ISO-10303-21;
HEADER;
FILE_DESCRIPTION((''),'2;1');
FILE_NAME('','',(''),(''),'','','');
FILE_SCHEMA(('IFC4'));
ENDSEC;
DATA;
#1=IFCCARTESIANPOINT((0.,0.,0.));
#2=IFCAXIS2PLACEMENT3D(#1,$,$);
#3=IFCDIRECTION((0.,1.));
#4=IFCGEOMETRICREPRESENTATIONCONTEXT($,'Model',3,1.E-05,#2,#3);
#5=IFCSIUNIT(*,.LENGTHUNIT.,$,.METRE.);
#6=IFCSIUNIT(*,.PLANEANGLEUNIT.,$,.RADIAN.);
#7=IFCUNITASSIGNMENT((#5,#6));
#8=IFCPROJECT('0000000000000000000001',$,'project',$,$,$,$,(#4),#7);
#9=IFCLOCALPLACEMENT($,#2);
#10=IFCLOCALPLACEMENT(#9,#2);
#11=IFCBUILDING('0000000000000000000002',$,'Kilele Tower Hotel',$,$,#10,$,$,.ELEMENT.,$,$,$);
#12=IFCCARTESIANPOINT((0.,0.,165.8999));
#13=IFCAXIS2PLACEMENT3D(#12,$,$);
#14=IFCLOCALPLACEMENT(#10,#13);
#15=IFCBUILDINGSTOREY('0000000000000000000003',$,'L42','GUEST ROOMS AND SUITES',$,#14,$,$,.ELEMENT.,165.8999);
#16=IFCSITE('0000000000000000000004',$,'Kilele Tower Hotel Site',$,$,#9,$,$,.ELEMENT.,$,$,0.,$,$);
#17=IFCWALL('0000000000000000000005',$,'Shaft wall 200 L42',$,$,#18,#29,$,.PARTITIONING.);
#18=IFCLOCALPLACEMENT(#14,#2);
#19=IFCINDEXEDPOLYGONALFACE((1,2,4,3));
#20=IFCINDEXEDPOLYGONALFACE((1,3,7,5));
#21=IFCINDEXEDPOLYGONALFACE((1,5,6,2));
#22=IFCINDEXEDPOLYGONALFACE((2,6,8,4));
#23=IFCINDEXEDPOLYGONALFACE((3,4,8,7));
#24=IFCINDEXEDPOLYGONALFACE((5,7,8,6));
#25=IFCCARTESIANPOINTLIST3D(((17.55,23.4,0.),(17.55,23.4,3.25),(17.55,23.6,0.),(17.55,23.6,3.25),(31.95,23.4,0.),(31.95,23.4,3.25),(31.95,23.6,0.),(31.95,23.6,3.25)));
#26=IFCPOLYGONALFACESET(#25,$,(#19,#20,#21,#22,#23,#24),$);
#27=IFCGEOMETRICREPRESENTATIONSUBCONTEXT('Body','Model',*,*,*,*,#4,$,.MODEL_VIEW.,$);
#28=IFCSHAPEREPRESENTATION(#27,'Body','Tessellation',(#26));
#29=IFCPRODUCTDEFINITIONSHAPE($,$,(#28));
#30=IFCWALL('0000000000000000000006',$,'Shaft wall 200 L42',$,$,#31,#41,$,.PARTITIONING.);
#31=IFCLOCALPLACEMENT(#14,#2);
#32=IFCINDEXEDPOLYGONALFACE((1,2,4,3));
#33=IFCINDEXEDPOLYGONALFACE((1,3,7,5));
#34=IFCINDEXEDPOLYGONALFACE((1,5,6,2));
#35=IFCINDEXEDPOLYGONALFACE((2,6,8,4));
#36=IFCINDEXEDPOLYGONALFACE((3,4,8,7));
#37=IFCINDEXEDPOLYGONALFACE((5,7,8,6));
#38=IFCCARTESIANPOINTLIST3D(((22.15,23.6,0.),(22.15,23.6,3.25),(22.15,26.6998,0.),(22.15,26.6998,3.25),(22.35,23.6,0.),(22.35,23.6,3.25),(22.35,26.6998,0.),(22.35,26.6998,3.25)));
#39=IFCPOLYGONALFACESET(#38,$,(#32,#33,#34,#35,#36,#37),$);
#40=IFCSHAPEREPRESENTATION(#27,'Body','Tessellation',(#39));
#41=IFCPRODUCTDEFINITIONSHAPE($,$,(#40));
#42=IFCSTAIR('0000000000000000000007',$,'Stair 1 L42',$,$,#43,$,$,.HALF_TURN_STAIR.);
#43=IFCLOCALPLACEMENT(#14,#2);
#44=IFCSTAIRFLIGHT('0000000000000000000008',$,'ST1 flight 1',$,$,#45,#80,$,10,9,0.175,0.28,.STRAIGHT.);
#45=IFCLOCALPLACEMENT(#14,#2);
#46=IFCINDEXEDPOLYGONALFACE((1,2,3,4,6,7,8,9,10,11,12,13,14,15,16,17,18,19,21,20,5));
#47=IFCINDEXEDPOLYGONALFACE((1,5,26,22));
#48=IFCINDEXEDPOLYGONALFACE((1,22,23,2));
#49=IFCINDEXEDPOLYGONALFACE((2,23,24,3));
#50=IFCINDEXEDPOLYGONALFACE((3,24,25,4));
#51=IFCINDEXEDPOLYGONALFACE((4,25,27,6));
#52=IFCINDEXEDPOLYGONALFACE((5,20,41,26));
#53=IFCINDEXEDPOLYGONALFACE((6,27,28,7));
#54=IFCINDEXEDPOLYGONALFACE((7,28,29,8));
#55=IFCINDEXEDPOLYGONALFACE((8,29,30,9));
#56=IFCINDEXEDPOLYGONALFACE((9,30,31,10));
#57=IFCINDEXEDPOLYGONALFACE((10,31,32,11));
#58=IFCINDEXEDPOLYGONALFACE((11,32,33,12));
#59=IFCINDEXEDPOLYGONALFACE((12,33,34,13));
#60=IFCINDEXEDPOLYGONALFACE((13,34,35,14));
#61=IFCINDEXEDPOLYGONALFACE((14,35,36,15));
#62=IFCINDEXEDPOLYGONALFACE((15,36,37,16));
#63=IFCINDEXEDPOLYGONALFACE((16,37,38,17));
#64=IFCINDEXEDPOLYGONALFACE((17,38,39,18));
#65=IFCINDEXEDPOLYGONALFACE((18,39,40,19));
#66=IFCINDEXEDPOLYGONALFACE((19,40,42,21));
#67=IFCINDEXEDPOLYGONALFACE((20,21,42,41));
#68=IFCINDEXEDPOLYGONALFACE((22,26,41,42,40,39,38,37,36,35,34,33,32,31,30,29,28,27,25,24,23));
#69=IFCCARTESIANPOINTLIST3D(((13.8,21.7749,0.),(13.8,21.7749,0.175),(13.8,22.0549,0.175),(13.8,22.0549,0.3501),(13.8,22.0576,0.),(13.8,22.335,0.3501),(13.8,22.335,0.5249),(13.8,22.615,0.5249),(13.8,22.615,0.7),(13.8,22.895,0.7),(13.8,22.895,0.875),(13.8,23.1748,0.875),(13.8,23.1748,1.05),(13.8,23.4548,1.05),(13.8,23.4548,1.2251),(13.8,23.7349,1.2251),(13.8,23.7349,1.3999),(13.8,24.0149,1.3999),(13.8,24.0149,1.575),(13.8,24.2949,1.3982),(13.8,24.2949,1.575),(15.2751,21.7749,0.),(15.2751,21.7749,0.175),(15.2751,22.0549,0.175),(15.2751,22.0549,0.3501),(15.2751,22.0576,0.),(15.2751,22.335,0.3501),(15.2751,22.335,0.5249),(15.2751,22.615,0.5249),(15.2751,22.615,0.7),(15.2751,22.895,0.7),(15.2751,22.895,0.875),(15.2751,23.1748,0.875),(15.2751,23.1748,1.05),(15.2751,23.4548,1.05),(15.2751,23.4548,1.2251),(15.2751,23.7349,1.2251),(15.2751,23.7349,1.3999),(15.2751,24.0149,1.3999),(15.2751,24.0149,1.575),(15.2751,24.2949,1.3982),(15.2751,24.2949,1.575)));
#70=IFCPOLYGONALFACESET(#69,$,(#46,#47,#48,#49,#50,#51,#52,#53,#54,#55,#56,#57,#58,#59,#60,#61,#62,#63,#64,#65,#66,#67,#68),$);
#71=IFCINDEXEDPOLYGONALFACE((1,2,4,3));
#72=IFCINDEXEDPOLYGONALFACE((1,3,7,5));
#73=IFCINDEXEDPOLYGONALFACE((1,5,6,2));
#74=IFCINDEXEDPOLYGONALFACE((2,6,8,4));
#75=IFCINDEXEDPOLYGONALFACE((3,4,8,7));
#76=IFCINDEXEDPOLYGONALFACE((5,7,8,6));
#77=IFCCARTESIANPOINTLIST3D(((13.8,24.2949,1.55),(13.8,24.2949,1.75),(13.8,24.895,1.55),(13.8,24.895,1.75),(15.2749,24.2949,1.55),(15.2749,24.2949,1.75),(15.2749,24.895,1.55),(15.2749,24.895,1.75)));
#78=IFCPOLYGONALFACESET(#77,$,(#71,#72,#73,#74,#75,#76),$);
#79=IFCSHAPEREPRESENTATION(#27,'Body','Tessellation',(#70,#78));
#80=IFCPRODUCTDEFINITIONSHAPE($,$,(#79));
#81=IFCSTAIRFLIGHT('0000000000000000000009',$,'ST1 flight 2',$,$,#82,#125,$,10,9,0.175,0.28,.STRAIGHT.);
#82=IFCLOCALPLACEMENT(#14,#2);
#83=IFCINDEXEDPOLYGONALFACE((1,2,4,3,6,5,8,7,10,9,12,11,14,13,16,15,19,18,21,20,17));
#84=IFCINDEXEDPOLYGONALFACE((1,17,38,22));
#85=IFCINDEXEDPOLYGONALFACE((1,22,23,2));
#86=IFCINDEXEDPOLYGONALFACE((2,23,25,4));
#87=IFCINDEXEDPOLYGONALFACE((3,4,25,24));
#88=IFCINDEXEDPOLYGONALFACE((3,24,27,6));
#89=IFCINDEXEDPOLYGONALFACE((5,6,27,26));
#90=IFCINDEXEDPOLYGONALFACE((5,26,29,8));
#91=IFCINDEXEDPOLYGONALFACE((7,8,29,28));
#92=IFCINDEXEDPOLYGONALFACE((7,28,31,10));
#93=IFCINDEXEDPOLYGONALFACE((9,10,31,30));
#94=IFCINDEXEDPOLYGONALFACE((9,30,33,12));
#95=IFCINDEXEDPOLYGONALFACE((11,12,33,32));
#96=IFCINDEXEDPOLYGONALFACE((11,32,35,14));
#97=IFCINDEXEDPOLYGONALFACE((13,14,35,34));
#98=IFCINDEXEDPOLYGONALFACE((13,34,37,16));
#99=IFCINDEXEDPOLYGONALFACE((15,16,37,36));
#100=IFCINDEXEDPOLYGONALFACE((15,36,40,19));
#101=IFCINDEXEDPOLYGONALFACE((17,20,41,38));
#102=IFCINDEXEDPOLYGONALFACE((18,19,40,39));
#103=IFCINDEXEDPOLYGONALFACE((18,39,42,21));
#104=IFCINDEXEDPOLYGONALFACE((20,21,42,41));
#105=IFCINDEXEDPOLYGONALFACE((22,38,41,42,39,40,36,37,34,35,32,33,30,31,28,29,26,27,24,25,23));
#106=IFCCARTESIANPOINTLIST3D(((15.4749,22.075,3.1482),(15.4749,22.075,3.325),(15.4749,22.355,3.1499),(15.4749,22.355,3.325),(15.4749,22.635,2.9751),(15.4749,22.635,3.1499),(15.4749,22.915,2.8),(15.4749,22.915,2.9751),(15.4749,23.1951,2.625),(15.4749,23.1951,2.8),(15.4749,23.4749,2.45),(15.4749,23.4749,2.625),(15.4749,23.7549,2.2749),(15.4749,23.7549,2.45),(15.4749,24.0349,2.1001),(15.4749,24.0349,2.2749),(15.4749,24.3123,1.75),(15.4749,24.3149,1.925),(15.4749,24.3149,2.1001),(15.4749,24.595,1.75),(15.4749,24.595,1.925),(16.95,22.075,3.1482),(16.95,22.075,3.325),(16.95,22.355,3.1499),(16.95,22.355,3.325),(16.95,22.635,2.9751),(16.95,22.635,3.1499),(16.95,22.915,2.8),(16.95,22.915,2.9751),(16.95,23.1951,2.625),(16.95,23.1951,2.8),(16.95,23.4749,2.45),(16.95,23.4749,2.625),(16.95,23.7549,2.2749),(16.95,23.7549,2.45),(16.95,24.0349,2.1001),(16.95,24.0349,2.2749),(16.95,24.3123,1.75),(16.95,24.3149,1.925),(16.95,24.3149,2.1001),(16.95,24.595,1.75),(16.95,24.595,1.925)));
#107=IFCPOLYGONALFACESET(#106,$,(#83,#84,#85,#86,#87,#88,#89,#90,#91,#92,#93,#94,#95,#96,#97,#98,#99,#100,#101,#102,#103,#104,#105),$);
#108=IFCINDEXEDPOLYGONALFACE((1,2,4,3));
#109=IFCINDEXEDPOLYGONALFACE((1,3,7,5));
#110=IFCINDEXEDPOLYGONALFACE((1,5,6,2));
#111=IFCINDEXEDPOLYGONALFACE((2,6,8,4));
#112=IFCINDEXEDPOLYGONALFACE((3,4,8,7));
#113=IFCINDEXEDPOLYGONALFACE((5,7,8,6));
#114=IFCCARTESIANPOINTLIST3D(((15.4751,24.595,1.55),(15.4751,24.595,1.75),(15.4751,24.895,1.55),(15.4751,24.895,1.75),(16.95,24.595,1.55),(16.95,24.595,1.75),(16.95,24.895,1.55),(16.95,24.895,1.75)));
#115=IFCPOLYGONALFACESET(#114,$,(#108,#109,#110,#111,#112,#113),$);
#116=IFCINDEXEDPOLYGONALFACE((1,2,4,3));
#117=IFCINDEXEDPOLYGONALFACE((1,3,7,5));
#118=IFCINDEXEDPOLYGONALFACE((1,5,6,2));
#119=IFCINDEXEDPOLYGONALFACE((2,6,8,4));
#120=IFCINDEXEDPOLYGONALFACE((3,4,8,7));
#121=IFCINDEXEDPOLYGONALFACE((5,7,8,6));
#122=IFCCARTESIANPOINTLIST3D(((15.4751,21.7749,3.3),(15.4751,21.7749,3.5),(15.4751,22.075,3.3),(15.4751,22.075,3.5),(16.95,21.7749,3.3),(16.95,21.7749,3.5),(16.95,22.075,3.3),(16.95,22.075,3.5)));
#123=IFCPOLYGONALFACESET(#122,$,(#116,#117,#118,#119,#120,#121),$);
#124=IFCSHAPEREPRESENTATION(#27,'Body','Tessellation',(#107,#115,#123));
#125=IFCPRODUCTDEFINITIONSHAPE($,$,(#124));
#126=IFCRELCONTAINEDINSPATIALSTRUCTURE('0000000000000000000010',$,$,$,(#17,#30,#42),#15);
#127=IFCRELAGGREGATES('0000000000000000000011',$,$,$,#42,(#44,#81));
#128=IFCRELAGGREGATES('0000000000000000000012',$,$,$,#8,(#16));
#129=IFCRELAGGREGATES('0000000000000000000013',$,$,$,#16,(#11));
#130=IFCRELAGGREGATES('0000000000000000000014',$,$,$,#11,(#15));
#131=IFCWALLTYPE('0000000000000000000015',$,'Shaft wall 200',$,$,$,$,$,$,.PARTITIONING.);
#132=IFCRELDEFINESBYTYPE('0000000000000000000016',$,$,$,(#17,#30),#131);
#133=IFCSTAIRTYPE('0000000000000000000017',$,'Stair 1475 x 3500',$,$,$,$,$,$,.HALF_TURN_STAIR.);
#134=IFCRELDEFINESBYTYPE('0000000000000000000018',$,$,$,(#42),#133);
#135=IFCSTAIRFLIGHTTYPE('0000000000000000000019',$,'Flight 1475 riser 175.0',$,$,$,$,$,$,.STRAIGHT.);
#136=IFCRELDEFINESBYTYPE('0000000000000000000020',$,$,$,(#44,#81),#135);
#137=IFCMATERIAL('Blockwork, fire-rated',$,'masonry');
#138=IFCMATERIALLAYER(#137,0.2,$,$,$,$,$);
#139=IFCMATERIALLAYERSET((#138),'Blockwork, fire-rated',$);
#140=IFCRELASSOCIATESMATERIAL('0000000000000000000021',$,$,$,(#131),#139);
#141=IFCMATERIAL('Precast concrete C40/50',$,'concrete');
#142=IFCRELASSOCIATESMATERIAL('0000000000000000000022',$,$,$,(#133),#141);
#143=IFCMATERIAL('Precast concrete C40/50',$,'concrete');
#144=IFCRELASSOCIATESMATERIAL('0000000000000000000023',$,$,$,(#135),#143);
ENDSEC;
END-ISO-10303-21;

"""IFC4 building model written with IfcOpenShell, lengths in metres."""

from ifc_helpers import new_model, si_unit, direction, frame, frame_2d, origin, place, context, subcontext, project, spatial, polyline, rectangle, outline, extrude, material, layer, layer_set, type_object, element, aggregate, save


model = new_model("IFC4")

# Units and contexts
model_context = context("Model", 3, precision=1e-05, world=origin(), true_north=direction((0.0, 1.0)))
body_context = subcontext(model_context, "Body", "Model", "MODEL_VIEW")
ifc_project = project(units=[si_unit("LENGTHUNIT", "METRE"), si_unit("PLANEANGLEUNIT", "RADIAN")], contexts=[model_context])

# Site, building, storey
site_placement = place(None, origin())
site = spatial("IfcSite", under=ifc_project, at=site_placement, Name="Kilele Tower Hotel Site", CompositionType="ELEMENT", RefElevation=0.0)
building_placement = place(site_placement, origin())
building = spatial("IfcBuilding", under=site, at=building_placement, Name="Kilele Tower Hotel", CompositionType="ELEMENT")
storey_placement = place(building_placement, frame((0.0, 0.0, 165.8999)))
storey = spatial("IfcBuildingStorey", under=building, at=storey_placement, Name="L42", Description="GUEST ROOMS AND SUITES", CompositionType="ELEMENT", Elevation=165.8999)

# Walls
ifc_material_1 = material(Name="Blockwork, fire-rated", Category="masonry")
ifc_layer_1 = layer(ifc_material_1, 0.2)
ifc_layer_set_1 = layer_set([ifc_layer_1], Name="Blockwork, fire-rated")
wall_type_1 = type_object("IfcWallType", Name="Shaft wall 200", PredefinedType="PARTITIONING", material=ifc_layer_set_1)
wall_1_placement = place(storey_placement, frame((17.55, 23.5, 0.0), z_axis=(0.0, 0.0, 1.0), x_axis=(1.0, 0.0, 0.0)))
element("IfcWall", 1, at=wall_1_placement, inside=storey, type_object=wall_type_1, Name="Shaft wall 200 L42", PredefinedType="PARTITIONING", context=body_context, shape_type="SweptSolid", body=[
    extrude(rectangle(XDim=14.3999, YDim=0.2, at=frame_2d((7.2, 0.0))), origin(), (0.0, 0.0, 1.0), 3.25),
])
wall_2_placement = place(storey_placement, frame((22.25, 23.6001, 0.0), z_axis=(0.0, 0.0, 1.0), x_axis=(0.0, 1.0, 0.0)))
element("IfcWall", 2, at=wall_2_placement, inside=storey, type_object=wall_type_1, Name="Shaft wall 200 L42", PredefinedType="PARTITIONING", context=body_context, shape_type="SweptSolid", body=[
    extrude(rectangle(XDim=3.0999, YDim=0.2, at=frame_2d((1.5498, 0.0))), origin(), (0.0, 0.0, 1.0), 3.25),
])

# Stair, stair flights
ifc_material_2 = material(Name="Precast concrete C40/50", Category="concrete")
stair_type = type_object("IfcStairType", Name="Stair 1475 x 3500", PredefinedType="HALF_TURN_STAIR", material=ifc_material_2)
stair_placement = place(storey_placement, origin())
stair = element("IfcStair", 3, at=stair_placement, inside=storey, type_object=stair_type, Name="Stair 1 L42", PredefinedType="HALF_TURN_STAIR")
ifc_material_3 = material(Name="Precast concrete C40/50", Category="concrete")
stair_flight_type = type_object("IfcStairFlightType", Name="Flight 1475 riser 175.0", PredefinedType="STRAIGHT", material=ifc_material_3)
stair_flight_1_placement = place(storey_placement, frame((14.5376, 21.7749, 0.0), z_axis=(0.0, 0.0, 1.0), x_axis=(0.0, 1.0, 0.0)))
stair_flight_1 = element("IfcStairFlight", 4, at=stair_flight_1_placement, type_object=stair_flight_type, Name="ST1 flight 1", NumberOfRisers=10, NumberOfTreads=9, PredefinedType="STRAIGHT", RiserHeight=0.175, TreadLength=0.28, context=body_context, shape_type="SweptSolid", body=[
    extrude(outline(polyline([(0.0, 0.0), (0.0, 0.175), (0.28, 0.175), (0.28, 0.3501), (0.5601, 0.3501), (0.5601, 0.5249), (0.8401, 0.5249), (0.8401, 0.7), (1.1201, 0.7), (1.1201, 0.875), (1.3999, 0.875), (1.3999, 1.05), (1.6799, 1.05), (1.6799, 1.2251), (1.96, 1.2251), (1.96, 1.3999), (2.24, 1.3999), (2.24, 1.575), (2.52, 1.575), (2.52, 1.75), (2.52, 1.3982), (0.2827, 0.0), (0.0, 0.0)])), frame((0.0, 0.7375, 0.0), z_axis=(0.0, -1.0, 0.0), x_axis=(1.0, 0.0, 0.0)), (0.0, 0.0, 1.0), 1.4751),
    extrude(outline(polyline([(2.52, 0.7375), (2.52, -0.7373), (3.1201, -0.7373), (3.1201, 0.7375), (2.52, 0.7375)])), frame((0.0, 0.0, 1.55)), (0.0, 0.0, 1.0), 0.2),
])
stair_flight_2_placement = place(storey_placement, frame((16.2124, 24.595, 1.75), z_axis=(0.0, 0.0, 1.0), x_axis=(0.0, -1.0, 0.0)))
stair_flight_2 = element("IfcStairFlight", 5, at=stair_flight_2_placement, type_object=stair_flight_type, Name="ST1 flight 2", NumberOfRisers=10, NumberOfTreads=9, PredefinedType="STRAIGHT", RiserHeight=0.175, TreadLength=0.28, context=body_context, shape_type="SweptSolid", body=[
    extrude(outline(polyline([(0.0, 0.0), (0.0, 0.175), (0.28, 0.175), (0.28, 0.3501), (0.5601, 0.3501), (0.5601, 0.5249), (0.8401, 0.5249), (0.8401, 0.7), (1.1201, 0.7), (1.1201, 0.875), (1.3999, 0.875), (1.3999, 1.05), (1.6799, 1.05), (1.6799, 1.2251), (1.96, 1.2251), (1.96, 1.3999), (2.24, 1.3999), (2.24, 1.575), (2.52, 1.575), (2.52, 1.75), (2.52, 1.3982), (0.2827, 0.0), (0.0, 0.0)])), frame((0.0, 0.7375, 0.0), z_axis=(0.0, -1.0, 0.0), x_axis=(1.0, 0.0, 0.0)), (0.0, 0.0, 1.0), 1.4751),
    extrude(outline(polyline([(0.0, -0.7373), (0.0, 0.7375), (-0.3, 0.7375), (-0.3, -0.7373), (0.0, -0.7373)])), frame((0.0, 0.0, -0.2)), (0.0, 0.0, 1.0), 0.2),
    extrude(outline(polyline([(2.8201, -0.7373), (2.8201, 0.7375), (2.52, 0.7375), (2.52, -0.7373), (2.8201, -0.7373)])), frame((0.0, 0.0, 1.55)), (0.0, 0.0, 1.0), 0.2),
])
aggregate(stair, [stair_flight_1, stair_flight_2])

save(model, "model.ifc")
